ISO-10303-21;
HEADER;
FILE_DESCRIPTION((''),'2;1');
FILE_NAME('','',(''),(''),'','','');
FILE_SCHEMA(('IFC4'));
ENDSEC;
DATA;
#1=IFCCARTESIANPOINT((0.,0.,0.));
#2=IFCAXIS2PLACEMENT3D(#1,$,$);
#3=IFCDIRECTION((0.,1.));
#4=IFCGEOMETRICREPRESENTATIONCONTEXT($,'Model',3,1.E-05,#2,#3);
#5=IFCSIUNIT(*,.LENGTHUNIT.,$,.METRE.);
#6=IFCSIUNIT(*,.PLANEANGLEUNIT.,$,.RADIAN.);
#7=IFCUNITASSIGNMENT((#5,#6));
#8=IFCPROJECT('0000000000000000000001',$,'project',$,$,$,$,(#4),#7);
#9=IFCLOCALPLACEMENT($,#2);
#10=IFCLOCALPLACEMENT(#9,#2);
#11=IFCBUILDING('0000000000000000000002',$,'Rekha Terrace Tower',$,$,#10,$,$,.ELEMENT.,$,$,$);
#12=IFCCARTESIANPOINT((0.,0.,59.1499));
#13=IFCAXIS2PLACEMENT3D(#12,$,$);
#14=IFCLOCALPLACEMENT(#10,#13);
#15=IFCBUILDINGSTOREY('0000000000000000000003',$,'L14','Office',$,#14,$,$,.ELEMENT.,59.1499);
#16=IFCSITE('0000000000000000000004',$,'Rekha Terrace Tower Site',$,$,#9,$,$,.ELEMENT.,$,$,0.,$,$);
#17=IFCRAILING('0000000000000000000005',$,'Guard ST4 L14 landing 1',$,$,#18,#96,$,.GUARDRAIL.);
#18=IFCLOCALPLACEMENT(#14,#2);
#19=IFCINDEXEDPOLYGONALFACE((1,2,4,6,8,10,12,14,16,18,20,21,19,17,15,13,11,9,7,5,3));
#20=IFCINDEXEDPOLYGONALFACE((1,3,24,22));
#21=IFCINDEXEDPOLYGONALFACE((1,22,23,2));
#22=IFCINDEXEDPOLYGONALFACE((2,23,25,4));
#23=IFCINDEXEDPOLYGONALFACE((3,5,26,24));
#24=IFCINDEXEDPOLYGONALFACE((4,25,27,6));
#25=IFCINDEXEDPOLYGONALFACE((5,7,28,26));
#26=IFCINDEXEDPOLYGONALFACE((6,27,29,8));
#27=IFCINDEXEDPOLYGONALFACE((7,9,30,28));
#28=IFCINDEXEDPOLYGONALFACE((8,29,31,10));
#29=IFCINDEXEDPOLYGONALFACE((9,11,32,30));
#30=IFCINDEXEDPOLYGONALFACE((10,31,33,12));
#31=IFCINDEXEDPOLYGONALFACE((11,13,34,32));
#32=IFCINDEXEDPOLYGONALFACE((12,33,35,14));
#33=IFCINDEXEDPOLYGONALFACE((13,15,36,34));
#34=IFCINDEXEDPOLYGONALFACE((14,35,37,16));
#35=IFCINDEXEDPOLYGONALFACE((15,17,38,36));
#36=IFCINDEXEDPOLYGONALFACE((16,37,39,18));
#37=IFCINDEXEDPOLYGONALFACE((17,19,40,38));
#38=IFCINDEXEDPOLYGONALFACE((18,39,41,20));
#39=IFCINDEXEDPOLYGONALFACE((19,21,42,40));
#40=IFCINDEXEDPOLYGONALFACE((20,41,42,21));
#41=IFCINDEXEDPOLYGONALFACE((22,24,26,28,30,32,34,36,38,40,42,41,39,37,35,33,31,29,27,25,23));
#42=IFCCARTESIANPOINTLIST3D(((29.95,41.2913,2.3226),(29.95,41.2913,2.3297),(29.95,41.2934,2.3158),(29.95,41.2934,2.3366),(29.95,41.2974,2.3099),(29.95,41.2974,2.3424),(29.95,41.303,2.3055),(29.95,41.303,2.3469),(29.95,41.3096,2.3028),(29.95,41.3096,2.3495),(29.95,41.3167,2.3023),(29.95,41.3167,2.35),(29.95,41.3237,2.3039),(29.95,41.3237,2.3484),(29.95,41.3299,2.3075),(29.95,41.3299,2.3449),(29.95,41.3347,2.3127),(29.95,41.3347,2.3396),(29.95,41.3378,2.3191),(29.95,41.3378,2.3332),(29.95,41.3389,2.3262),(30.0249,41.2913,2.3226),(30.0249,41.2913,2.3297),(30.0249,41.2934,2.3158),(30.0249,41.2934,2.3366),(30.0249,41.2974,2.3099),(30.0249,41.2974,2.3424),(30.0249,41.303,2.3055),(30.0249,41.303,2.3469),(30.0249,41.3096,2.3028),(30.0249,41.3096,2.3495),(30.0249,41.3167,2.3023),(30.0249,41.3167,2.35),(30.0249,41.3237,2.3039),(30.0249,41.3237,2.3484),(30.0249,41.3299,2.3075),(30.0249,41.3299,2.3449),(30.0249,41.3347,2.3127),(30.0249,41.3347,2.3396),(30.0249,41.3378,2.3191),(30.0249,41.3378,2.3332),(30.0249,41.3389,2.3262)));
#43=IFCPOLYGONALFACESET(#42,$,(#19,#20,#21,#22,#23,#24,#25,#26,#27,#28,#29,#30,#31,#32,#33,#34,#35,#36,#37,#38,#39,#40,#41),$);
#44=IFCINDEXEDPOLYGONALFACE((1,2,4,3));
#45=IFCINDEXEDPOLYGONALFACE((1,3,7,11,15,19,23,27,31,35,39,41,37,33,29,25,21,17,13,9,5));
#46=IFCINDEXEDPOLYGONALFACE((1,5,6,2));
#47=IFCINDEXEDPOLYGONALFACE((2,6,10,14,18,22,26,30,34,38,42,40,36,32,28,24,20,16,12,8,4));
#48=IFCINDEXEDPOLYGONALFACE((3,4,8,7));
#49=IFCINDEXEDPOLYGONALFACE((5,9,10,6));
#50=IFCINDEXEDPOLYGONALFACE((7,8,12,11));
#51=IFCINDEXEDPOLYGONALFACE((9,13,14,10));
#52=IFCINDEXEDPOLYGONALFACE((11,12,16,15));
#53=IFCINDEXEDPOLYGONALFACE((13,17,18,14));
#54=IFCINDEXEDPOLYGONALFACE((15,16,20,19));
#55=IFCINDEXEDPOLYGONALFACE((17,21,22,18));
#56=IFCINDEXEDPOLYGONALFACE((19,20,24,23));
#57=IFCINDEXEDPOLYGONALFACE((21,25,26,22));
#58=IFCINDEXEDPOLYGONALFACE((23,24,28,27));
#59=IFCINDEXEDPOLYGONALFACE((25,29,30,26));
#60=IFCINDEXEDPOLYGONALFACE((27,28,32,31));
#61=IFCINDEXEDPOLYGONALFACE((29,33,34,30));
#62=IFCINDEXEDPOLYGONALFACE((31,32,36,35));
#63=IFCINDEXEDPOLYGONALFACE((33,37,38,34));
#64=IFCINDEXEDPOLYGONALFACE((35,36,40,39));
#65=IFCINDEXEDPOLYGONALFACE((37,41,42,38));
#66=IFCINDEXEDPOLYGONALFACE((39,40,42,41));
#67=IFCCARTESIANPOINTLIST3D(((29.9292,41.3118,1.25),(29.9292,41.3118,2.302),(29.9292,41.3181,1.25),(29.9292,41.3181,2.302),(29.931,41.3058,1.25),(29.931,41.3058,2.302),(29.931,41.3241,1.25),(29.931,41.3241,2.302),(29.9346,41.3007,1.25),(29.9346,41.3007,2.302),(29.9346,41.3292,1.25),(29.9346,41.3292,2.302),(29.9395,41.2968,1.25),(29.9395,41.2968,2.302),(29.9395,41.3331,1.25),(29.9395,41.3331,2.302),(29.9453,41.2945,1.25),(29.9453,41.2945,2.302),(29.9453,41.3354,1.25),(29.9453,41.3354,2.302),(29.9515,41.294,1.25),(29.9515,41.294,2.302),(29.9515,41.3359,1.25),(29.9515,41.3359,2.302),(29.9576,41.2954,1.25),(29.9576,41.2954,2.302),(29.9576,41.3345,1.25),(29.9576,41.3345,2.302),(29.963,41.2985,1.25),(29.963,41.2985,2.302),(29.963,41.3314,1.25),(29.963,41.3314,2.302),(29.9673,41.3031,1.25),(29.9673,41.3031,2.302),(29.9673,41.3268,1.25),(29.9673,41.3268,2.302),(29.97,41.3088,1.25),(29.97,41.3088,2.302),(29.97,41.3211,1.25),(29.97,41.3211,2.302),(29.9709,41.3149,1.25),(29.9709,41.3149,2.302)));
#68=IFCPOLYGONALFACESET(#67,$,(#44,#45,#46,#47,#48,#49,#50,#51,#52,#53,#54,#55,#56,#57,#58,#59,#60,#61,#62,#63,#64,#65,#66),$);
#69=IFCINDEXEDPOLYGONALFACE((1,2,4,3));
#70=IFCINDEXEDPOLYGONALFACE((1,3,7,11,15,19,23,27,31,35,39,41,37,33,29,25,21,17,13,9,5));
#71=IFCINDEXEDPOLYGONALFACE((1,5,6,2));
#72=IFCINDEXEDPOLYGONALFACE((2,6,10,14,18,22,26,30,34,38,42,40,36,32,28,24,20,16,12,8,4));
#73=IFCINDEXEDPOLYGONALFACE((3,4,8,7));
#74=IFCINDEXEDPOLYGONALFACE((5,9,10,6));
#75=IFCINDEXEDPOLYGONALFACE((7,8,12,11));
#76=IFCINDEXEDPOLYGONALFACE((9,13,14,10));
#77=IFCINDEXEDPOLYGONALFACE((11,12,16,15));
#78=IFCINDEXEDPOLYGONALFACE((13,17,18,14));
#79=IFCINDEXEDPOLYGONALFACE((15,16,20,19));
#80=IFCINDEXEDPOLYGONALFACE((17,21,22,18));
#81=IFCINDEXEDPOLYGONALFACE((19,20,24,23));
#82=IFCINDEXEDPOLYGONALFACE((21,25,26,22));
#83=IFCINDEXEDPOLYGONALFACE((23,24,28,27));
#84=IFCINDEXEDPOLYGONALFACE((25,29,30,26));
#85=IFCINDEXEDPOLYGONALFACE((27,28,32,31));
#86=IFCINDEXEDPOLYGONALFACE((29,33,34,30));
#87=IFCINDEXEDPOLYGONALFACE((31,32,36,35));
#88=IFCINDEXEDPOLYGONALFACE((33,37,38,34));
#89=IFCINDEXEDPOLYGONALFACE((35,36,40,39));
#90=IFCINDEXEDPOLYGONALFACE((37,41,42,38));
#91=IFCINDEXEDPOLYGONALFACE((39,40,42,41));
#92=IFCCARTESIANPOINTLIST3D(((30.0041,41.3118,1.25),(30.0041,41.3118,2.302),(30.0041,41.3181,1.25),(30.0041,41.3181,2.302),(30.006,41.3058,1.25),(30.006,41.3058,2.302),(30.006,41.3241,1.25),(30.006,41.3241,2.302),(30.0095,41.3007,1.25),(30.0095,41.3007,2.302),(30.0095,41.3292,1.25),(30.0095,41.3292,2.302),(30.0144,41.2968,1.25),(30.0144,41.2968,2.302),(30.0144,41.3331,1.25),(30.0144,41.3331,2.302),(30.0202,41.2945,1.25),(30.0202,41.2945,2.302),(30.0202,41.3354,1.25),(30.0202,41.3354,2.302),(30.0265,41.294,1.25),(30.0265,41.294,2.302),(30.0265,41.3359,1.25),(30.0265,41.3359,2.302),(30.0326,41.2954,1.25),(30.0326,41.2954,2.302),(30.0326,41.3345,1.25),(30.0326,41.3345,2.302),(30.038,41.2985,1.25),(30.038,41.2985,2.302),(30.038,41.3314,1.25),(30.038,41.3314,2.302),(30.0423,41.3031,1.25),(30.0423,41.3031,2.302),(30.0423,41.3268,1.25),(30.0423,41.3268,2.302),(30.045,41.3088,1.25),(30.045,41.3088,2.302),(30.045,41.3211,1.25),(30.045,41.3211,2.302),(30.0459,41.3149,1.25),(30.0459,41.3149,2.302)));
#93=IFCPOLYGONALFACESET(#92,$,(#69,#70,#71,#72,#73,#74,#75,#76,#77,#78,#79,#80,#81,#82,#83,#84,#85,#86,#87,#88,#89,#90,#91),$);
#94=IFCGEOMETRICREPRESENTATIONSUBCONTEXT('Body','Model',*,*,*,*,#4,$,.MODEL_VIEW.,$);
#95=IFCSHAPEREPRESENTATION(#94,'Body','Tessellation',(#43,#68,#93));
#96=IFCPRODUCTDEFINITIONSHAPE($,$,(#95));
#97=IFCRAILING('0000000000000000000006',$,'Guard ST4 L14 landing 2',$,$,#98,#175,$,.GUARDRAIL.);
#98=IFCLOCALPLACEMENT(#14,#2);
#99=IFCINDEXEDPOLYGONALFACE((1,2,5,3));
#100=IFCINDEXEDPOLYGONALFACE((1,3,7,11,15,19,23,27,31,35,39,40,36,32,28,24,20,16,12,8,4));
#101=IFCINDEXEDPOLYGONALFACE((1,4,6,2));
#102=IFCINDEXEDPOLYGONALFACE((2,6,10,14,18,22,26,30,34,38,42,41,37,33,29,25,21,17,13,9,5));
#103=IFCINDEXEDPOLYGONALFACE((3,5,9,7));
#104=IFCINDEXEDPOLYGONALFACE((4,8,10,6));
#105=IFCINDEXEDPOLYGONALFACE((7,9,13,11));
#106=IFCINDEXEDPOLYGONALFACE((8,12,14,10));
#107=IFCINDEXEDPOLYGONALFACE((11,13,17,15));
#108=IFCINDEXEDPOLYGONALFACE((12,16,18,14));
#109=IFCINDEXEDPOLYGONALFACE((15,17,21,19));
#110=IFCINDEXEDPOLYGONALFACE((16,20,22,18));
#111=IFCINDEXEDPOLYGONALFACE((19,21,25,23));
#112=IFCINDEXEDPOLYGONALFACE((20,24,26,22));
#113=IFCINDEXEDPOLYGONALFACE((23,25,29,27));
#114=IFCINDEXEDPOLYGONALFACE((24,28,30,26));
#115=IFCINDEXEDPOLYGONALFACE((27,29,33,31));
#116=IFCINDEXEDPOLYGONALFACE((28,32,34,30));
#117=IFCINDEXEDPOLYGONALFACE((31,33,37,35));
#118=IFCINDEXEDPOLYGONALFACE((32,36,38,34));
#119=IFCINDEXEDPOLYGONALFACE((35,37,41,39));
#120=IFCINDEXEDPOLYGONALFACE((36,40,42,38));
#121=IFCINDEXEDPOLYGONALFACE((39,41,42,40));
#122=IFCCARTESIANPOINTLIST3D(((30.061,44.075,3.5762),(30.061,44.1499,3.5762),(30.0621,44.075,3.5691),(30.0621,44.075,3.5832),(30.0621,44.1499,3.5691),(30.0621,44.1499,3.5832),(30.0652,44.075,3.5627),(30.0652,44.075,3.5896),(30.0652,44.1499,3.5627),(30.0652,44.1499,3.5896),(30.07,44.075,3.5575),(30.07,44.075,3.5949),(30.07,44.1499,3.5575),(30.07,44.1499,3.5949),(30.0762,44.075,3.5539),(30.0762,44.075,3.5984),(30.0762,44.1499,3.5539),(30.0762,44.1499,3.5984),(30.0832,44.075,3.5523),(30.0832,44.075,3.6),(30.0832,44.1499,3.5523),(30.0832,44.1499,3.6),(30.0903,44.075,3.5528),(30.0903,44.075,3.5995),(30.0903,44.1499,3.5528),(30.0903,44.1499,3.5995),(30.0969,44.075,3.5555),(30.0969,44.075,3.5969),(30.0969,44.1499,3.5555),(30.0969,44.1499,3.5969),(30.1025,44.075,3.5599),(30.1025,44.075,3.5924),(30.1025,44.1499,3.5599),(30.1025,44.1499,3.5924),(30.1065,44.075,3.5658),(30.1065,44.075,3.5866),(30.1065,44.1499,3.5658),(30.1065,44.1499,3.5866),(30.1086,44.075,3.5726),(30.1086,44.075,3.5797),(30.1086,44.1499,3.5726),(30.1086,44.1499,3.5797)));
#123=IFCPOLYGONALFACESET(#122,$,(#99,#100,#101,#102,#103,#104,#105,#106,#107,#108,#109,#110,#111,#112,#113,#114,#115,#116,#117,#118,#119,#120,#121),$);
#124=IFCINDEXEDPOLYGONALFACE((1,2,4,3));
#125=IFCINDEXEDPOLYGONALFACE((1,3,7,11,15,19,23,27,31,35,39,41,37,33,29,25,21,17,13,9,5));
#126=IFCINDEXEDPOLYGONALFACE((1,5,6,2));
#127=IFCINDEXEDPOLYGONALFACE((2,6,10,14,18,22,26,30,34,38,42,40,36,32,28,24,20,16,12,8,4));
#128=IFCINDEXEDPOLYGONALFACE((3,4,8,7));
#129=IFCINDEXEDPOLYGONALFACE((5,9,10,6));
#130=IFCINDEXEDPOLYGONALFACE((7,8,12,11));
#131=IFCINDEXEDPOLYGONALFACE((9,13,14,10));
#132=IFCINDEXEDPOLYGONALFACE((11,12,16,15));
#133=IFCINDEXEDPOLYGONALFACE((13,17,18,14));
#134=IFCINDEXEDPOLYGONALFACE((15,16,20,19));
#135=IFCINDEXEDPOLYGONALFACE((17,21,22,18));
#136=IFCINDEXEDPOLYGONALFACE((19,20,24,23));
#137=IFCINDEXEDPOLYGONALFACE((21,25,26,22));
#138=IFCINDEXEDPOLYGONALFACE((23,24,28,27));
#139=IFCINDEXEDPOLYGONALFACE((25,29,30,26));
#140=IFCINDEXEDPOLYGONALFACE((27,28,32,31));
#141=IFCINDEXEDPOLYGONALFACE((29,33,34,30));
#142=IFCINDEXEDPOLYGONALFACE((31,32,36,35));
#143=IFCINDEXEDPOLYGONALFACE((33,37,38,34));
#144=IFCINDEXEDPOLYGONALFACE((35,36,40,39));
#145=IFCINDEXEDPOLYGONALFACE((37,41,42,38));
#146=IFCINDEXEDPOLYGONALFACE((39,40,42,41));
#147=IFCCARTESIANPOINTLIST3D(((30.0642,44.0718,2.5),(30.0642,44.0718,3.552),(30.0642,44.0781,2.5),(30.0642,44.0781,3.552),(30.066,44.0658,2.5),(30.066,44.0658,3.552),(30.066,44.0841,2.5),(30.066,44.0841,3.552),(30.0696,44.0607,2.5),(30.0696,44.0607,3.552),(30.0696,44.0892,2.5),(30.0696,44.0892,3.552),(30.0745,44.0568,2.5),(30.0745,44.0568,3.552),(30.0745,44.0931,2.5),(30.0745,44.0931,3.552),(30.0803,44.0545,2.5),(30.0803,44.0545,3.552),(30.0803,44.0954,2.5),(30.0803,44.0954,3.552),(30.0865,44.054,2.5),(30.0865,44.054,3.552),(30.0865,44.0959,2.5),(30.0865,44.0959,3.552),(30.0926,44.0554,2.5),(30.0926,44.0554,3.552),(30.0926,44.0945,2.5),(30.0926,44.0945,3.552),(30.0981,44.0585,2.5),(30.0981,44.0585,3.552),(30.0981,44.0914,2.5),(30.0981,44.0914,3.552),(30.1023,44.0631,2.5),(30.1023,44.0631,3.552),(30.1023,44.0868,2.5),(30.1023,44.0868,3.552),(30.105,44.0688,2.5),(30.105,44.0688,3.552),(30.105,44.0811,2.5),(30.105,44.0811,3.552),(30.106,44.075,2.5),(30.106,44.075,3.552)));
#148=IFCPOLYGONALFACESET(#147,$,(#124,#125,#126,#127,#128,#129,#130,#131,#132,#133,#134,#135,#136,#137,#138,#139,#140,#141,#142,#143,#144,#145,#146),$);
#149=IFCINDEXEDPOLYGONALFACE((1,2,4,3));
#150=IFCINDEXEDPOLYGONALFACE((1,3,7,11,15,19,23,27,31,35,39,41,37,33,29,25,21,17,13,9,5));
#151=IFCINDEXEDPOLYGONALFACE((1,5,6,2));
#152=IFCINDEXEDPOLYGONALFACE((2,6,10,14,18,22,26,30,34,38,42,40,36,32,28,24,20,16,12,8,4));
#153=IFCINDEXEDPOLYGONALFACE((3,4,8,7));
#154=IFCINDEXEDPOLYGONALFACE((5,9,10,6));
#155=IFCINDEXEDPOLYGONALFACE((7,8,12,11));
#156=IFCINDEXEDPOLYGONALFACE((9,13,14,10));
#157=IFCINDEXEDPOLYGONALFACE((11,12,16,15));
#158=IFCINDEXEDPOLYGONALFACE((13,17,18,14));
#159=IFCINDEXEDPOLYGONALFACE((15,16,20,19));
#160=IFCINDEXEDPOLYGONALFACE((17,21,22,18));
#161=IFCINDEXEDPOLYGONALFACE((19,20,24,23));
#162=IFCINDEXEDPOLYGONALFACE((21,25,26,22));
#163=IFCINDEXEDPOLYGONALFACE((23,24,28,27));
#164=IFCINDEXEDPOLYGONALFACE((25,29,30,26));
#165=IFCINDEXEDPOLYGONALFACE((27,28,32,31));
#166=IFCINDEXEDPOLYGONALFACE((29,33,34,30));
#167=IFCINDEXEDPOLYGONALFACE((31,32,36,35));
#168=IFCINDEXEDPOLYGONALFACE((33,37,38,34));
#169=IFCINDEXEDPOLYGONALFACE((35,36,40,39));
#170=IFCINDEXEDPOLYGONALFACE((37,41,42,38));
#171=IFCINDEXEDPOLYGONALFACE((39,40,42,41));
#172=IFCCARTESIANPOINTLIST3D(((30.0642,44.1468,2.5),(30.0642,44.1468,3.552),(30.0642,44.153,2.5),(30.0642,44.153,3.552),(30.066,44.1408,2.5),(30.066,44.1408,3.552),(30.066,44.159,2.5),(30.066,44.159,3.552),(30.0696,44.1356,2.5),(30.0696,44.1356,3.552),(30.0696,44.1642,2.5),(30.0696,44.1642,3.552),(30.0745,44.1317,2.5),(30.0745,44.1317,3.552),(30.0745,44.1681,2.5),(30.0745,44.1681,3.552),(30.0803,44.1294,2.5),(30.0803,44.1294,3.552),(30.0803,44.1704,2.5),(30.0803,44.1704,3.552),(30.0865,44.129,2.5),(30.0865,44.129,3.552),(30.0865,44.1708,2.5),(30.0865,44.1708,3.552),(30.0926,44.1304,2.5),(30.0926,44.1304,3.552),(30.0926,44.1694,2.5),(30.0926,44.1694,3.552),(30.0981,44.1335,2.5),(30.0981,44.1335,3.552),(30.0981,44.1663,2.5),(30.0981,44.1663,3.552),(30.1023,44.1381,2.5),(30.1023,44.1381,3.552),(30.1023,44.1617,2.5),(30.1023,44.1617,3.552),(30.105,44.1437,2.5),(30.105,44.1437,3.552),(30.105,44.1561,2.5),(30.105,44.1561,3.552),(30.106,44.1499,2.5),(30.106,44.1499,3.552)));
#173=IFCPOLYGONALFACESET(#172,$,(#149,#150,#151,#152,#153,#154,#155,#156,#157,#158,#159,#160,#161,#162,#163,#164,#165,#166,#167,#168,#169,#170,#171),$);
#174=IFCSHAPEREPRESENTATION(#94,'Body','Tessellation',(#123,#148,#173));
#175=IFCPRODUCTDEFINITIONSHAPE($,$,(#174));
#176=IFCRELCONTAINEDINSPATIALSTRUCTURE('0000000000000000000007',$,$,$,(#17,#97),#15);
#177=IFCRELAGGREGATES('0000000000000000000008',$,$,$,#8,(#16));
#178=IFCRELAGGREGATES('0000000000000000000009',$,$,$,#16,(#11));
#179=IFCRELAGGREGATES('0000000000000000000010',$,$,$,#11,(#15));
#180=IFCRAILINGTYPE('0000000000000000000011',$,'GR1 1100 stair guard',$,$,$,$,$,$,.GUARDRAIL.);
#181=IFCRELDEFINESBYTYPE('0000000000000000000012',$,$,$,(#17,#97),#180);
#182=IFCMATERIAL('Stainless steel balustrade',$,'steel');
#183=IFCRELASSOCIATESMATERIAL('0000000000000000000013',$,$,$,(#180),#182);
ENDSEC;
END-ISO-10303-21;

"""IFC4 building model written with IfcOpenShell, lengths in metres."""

from ifc_helpers import new_model, si_unit, direction, frame, origin, origin_2d, place, context, subcontext, project, spatial, circle, extrude, material, type_object, element, save


model = new_model("IFC4")

# Units and contexts
model_context = context("Model", 3, precision=1e-05, world=origin(), true_north=direction((0.0, 1.0)))
body_context = subcontext(model_context, "Body", "Model", "MODEL_VIEW")
ifc_project = project(units=[si_unit("LENGTHUNIT", "METRE"), si_unit("PLANEANGLEUNIT", "RADIAN")], contexts=[model_context])

# Site, building, storey
site_placement = place(None, origin())
site = spatial("IfcSite", under=ifc_project, at=site_placement, Name="Rekha Terrace Tower Site", CompositionType="ELEMENT", RefElevation=0.0)
building_placement = place(site_placement, origin())
building = spatial("IfcBuilding", under=site, at=building_placement, Name="Rekha Terrace Tower", CompositionType="ELEMENT")
storey_placement = place(building_placement, frame((0.0, 0.0, 59.1499)))
storey = spatial("IfcBuildingStorey", under=building, at=storey_placement, Name="L14", Description="Office", CompositionType="ELEMENT", Elevation=59.1499)

# Railings
ifc_material_1 = material(Name="Stainless steel balustrade", Category="steel")
railing_type_1 = type_object("IfcRailingType", Name="GR1 1100 stair guard", PredefinedType="GUARDRAIL", material=ifc_material_1)
railing_1_placement = place(storey_placement, frame((29.95, 41.3149, 1.25)))
element("IfcRailing", 1, at=railing_1_placement, inside=storey, type_object=railing_type_1, Name="Guard ST4 L14 landing 1", PredefinedType="GUARDRAIL", context=body_context, shape_type="SweptSolid", body=[
    extrude(circle(Radius=0.0239, at=origin_2d()), frame((0.0, 0.0, 1.0762), z_axis=(1.0, 0.0, 0.0), x_axis=(0.0, 1.0, 0.0)), (0.0, 0.0, 1.0), 0.075),
    extrude(circle(Radius=0.021, at=origin_2d()), origin(), (0.0, 0.0, 1.0), 1.052),
    extrude(circle(Radius=0.021, at=origin_2d()), frame((0.075, 0.0, 0.0)), (0.0, 0.0, 1.0), 1.052),
])
railing_2_placement = place(storey_placement, frame((30.085, 44.075, 2.5)))
element("IfcRailing", 2, at=railing_2_placement, inside=storey, type_object=railing_type_1, Name="Guard ST4 L14 landing 2", PredefinedType="GUARDRAIL", context=body_context, shape_type="SweptSolid", body=[
    extrude(circle(Radius=0.0239, at=origin_2d()), frame((0.0, 0.0, 1.0762), z_axis=(0.0, 1.0, 0.0), x_axis=(-1.0, 0.0, 0.0)), (0.0, 0.0, 1.0), 0.075),
    extrude(circle(Radius=0.021, at=origin_2d()), origin(), (0.0, 0.0, 1.0), 1.052),
    extrude(circle(Radius=0.021, at=origin_2d()), frame((0.0, 0.075, 0.0)), (0.0, 0.0, 1.0), 1.052),
])

save(model, "model.ifc")
